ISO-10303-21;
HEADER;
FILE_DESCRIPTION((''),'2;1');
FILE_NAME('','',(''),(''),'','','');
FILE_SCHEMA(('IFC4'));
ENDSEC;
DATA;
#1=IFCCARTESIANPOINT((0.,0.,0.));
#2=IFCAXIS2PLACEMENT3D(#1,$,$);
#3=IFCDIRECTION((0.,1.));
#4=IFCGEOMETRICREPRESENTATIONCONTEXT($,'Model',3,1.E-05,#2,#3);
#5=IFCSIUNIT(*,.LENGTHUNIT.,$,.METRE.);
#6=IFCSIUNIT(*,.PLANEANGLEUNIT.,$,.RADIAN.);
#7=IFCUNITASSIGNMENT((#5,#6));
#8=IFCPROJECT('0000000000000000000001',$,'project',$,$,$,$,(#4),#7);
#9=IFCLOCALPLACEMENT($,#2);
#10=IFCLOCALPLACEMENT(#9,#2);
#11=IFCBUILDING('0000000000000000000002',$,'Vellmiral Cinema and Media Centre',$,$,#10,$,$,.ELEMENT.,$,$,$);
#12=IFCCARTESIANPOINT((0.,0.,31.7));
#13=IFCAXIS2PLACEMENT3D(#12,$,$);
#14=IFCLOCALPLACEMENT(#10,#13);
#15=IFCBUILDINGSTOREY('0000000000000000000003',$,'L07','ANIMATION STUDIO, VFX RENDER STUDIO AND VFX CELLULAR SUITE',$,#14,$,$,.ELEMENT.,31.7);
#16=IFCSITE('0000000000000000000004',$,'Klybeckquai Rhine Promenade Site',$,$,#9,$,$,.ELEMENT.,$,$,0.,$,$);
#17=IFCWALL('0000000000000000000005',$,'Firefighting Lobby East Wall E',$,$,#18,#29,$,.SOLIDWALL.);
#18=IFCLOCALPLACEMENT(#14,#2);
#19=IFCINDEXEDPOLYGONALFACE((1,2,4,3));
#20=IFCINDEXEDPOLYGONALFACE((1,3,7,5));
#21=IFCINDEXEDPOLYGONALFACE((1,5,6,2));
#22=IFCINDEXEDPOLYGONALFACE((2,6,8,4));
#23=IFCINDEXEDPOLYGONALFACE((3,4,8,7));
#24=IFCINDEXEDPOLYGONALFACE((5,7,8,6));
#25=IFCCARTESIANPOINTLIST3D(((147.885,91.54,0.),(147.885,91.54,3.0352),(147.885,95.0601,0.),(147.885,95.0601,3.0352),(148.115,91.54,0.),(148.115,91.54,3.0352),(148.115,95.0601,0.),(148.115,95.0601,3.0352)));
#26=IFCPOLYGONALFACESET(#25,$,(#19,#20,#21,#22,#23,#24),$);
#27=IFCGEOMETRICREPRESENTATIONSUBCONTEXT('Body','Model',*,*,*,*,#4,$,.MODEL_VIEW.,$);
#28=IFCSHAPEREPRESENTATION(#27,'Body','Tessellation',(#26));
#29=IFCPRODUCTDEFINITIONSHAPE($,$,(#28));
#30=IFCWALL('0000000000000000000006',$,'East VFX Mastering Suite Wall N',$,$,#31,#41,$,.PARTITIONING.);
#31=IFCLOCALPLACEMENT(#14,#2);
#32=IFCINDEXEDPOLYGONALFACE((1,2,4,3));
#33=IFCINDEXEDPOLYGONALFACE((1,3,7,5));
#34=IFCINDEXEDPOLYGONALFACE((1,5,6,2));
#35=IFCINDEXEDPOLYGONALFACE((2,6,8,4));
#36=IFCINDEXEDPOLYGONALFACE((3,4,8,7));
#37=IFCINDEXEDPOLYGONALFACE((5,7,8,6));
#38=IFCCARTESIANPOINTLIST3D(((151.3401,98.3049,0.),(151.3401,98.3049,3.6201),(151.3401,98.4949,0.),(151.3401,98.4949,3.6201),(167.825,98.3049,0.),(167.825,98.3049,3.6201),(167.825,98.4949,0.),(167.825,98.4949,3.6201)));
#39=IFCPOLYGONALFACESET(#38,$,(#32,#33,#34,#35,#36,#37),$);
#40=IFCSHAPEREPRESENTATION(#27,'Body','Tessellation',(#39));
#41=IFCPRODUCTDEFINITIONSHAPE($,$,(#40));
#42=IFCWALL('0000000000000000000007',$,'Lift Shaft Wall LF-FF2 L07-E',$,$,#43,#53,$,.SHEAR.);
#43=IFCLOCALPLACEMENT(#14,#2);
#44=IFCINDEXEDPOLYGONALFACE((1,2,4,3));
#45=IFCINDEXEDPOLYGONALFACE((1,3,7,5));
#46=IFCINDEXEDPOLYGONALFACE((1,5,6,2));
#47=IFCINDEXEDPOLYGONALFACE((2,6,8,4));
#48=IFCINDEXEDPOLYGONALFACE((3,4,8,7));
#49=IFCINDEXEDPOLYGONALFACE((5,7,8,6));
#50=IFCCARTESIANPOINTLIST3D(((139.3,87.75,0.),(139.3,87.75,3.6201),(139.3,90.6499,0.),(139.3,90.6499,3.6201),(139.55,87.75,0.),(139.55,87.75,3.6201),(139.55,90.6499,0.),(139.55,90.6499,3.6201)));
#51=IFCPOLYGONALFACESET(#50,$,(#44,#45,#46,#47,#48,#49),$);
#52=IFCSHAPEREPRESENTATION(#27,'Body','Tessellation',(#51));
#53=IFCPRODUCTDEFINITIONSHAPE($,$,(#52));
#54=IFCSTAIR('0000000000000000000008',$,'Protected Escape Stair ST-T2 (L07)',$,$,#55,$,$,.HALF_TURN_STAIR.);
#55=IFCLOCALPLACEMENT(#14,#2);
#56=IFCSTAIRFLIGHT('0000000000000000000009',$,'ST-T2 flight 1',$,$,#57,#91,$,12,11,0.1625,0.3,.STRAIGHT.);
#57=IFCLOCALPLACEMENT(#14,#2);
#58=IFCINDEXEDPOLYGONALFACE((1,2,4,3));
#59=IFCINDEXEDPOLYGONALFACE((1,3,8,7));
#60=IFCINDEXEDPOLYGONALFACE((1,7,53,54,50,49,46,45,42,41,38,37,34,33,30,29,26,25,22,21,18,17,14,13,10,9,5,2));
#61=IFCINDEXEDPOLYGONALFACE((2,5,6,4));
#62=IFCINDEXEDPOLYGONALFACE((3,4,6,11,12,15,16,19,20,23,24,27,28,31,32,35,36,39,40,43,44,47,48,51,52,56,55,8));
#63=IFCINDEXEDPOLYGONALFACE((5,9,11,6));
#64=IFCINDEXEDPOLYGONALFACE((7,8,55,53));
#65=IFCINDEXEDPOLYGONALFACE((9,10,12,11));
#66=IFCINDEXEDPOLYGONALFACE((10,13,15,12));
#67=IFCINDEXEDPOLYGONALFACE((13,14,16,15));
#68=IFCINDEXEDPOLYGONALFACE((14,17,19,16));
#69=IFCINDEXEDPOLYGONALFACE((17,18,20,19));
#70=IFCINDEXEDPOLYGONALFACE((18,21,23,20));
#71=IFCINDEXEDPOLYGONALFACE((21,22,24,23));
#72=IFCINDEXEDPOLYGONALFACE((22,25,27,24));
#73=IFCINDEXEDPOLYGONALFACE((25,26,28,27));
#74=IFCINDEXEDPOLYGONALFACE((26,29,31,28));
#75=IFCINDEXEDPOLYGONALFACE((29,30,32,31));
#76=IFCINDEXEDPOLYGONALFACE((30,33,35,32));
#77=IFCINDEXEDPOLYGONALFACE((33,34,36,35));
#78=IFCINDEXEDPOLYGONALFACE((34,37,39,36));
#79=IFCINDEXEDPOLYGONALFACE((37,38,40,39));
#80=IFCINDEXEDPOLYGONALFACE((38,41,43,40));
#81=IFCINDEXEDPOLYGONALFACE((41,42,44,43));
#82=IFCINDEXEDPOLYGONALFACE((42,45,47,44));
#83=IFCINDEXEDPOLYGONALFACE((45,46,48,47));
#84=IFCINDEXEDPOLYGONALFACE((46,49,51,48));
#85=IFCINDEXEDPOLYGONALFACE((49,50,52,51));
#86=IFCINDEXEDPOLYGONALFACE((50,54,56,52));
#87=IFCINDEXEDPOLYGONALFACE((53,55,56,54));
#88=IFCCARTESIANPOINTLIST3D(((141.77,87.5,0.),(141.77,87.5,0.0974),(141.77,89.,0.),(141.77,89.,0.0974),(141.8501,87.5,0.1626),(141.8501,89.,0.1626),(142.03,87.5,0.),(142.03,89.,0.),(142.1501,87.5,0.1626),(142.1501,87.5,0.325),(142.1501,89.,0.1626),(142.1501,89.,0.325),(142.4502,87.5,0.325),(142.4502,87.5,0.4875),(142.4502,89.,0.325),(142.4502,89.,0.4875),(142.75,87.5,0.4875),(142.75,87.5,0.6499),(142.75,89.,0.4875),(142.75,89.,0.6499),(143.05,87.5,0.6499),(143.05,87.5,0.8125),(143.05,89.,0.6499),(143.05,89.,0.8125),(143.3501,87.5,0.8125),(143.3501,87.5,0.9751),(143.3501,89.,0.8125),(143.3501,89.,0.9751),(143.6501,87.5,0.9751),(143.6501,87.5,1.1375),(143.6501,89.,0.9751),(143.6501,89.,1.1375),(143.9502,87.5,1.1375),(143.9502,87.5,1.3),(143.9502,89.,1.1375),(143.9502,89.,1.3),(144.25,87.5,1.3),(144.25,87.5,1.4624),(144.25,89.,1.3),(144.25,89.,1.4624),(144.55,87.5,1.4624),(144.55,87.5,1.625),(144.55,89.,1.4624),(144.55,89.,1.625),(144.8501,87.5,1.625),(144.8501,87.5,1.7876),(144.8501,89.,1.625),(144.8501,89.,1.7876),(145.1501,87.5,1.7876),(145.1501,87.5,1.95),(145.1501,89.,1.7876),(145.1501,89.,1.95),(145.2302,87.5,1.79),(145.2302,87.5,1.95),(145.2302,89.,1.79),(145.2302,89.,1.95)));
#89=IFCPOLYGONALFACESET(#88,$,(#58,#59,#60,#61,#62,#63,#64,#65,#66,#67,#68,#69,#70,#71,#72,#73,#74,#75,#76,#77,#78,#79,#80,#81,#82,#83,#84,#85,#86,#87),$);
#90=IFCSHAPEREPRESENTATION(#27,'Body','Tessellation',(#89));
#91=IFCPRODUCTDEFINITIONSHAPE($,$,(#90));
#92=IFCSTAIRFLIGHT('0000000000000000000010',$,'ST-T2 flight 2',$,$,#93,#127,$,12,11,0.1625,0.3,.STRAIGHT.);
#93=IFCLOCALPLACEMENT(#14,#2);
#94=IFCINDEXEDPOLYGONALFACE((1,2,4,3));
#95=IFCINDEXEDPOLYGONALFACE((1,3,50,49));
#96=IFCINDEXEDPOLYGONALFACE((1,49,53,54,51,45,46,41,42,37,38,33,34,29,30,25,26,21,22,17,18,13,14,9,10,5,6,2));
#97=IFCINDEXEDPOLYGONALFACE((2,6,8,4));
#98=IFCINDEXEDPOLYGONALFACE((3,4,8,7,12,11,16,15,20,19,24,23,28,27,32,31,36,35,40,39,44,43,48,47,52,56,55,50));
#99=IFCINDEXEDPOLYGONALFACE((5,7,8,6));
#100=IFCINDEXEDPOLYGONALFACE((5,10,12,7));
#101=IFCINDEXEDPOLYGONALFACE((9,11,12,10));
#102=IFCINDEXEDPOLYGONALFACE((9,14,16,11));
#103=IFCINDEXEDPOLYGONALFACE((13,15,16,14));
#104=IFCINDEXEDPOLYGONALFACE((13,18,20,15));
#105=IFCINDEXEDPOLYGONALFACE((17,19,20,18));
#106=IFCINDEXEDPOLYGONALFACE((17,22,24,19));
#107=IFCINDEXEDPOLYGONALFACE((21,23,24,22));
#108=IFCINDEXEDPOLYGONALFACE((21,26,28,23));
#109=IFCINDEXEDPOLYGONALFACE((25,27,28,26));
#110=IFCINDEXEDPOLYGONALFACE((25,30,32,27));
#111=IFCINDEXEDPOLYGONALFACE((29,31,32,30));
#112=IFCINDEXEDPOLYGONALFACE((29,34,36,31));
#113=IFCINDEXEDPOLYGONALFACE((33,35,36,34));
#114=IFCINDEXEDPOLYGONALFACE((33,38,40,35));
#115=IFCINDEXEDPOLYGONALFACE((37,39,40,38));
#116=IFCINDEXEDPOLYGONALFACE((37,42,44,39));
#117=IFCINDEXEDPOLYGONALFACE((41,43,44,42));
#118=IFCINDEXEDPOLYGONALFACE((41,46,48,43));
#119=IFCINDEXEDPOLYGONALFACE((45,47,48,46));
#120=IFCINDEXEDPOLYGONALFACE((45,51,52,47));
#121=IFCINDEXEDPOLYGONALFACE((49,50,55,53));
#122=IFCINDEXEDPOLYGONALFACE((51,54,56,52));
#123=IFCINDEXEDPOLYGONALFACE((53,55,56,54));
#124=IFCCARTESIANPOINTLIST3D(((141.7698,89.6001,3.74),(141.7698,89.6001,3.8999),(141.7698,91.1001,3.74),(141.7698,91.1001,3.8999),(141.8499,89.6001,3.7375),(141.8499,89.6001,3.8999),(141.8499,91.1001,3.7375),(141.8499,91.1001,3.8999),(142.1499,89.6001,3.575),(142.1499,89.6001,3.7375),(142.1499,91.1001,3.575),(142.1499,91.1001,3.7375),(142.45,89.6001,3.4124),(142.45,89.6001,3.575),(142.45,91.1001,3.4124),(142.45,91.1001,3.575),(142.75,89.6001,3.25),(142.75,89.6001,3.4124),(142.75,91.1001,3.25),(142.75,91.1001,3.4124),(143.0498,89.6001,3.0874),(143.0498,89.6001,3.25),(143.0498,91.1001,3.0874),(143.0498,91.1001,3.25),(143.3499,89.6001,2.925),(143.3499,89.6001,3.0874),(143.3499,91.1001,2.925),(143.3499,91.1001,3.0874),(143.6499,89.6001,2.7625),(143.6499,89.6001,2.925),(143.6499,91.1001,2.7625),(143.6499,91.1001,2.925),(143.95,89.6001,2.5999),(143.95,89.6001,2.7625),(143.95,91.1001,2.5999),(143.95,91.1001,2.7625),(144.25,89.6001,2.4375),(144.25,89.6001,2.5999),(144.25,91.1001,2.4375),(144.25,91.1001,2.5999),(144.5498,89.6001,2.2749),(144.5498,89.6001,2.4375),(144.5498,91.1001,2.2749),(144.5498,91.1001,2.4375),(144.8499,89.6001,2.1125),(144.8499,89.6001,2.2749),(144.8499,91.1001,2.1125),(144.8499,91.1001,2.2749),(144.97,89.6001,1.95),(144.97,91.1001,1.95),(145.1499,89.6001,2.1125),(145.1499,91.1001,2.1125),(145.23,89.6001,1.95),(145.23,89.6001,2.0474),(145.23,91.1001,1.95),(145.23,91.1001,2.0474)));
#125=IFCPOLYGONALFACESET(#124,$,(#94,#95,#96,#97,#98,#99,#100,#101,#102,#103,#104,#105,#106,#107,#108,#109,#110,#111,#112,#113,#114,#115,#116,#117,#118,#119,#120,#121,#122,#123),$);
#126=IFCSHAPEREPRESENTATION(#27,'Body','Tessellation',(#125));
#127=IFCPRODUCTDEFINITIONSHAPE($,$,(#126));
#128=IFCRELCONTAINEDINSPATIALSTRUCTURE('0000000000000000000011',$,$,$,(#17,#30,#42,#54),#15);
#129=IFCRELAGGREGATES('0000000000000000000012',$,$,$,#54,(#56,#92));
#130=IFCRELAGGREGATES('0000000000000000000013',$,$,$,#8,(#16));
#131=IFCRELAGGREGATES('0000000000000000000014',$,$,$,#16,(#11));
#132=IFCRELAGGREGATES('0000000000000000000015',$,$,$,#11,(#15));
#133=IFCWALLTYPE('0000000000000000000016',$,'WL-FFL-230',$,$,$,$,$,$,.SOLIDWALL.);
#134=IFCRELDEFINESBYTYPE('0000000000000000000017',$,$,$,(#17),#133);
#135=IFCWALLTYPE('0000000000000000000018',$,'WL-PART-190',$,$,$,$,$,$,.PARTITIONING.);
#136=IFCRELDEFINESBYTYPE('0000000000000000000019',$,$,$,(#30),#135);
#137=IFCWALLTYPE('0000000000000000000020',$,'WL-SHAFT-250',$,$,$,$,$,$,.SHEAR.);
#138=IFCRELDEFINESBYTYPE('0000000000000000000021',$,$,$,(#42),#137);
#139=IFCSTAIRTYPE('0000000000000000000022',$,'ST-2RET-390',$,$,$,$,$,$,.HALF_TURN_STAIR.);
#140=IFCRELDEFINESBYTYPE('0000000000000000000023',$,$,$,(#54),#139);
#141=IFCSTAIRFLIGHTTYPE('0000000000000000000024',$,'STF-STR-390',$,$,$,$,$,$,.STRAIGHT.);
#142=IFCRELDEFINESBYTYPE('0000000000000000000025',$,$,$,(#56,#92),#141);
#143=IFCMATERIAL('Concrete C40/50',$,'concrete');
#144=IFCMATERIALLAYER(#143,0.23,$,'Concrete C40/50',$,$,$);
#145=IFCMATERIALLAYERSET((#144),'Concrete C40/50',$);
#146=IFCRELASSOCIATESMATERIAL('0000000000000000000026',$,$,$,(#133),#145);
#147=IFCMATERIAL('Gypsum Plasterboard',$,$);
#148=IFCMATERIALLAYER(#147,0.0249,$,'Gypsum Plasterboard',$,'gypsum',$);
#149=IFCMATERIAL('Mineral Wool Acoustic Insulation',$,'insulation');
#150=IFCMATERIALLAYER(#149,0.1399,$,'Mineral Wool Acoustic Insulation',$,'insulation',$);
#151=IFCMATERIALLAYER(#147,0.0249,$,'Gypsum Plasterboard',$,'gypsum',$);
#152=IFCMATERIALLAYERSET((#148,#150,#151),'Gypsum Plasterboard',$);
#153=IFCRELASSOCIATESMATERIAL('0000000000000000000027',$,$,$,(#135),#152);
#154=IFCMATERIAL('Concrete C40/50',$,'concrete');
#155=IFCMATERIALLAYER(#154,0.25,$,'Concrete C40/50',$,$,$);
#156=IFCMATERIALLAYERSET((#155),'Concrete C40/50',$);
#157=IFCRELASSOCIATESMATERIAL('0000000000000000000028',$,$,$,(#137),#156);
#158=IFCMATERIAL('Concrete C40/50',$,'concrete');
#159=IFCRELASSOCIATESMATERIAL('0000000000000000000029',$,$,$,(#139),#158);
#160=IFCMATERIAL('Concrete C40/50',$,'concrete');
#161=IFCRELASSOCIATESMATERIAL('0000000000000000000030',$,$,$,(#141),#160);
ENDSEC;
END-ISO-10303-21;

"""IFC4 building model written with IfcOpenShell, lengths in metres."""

from ifc_helpers import new_model, si_unit, direction, frame, frame_2d, origin, place, context, subcontext, project, spatial, polyline, rectangle, outline, extrude, material, layer, layer_set, type_object, element, aggregate, save


model = new_model("IFC4")

# Units and contexts
model_context = context("Model", 3, precision=1e-05, world=origin(), true_north=direction((0.0, 1.0)))
body_context = subcontext(model_context, "Body", "Model", "MODEL_VIEW")
ifc_project = project(units=[si_unit("LENGTHUNIT", "METRE"), si_unit("PLANEANGLEUNIT", "RADIAN")], contexts=[model_context])

# Site, building, storey
site_placement = place(None, origin())
site = spatial("IfcSite", under=ifc_project, at=site_placement, Name="Klybeckquai Rhine Promenade Site", CompositionType="ELEMENT", RefElevation=0.0)
building_placement = place(site_placement, origin())
building = spatial("IfcBuilding", under=site, at=building_placement, Name="Vellmiral Cinema and Media Centre", CompositionType="ELEMENT")
storey_placement = place(building_placement, frame((0.0, 0.0, 31.7)))
storey = spatial("IfcBuildingStorey", under=building, at=storey_placement, Name="L07", Description="ANIMATION STUDIO, VFX RENDER STUDIO AND VFX CELLULAR SUITE", CompositionType="ELEMENT", Elevation=31.7)

# Walls
ifc_material_1 = material(Name="Concrete C40/50", Category="concrete")
ifc_layer_1 = layer(ifc_material_1, 0.23, Name="Concrete C40/50")
ifc_layer_set_1 = layer_set([ifc_layer_1], Name="Concrete C40/50")
wall_type_1 = type_object("IfcWallType", Name="WL-FFL-230", PredefinedType="SOLIDWALL", material=ifc_layer_set_1)
wall_1_placement = place(storey_placement, frame((148.0, 91.54, 0.0), z_axis=(0.0, 0.0, 1.0), x_axis=(0.0, 1.0, 0.0)))
element("IfcWall", 1, at=wall_1_placement, inside=storey, type_object=wall_type_1, Name="Firefighting Lobby East Wall E", PredefinedType="SOLIDWALL", context=body_context, shape_type="SweptSolid", body=[
    extrude(rectangle(XDim=3.52, YDim=0.23, at=frame_2d((1.76, 0.0))), origin(), (0.0, 0.0, 1.0), 3.0352),
])
ifc_material_2 = material(Name="Gypsum Plasterboard")
ifc_layer_2 = layer(ifc_material_2, 0.0249, Name="Gypsum Plasterboard", Category="gypsum")
ifc_material_3 = material(Name="Mineral Wool Acoustic Insulation", Category="insulation")
ifc_layer_3 = layer(ifc_material_3, 0.1399, Name="Mineral Wool Acoustic Insulation", Category="insulation")
ifc_layer_4 = layer(ifc_material_2, 0.0249, Name="Gypsum Plasterboard", Category="gypsum")
ifc_layer_set_2 = layer_set([ifc_layer_2, ifc_layer_3, ifc_layer_4], Name="Gypsum Plasterboard")
wall_type_2 = type_object("IfcWallType", Name="WL-PART-190", PredefinedType="PARTITIONING", material=ifc_layer_set_2)
wall_2_placement = place(storey_placement, frame((151.3401, 98.3999, 0.0), z_axis=(0.0, 0.0, 1.0), x_axis=(1.0, 0.0, 0.0)))
element("IfcWall", 2, at=wall_2_placement, inside=storey, type_object=wall_type_2, Name="East VFX Mastering Suite Wall N", PredefinedType="PARTITIONING", context=body_context, shape_type="SweptSolid", body=[
    extrude(rectangle(XDim=16.4849, YDim=0.1899, at=frame_2d((8.2424, 0.0))), origin(), (0.0, 0.0, 1.0), 3.6201),
])
ifc_material_4 = material(Name="Concrete C40/50", Category="concrete")
ifc_layer_5 = layer(ifc_material_4, 0.25, Name="Concrete C40/50")
ifc_layer_set_3 = layer_set([ifc_layer_5], Name="Concrete C40/50")
wall_type_3 = type_object("IfcWallType", Name="WL-SHAFT-250", PredefinedType="SHEAR", material=ifc_layer_set_3)
wall_3_placement = place(storey_placement, frame((139.425, 87.75, 0.0), z_axis=(0.0, 0.0, 1.0), x_axis=(0.0, 1.0, 0.0)))
element("IfcWall", 3, at=wall_3_placement, inside=storey, type_object=wall_type_3, Name="Lift Shaft Wall LF-FF2 L07-E", PredefinedType="SHEAR", context=body_context, shape_type="SweptSolid", body=[
    extrude(rectangle(XDim=2.8999, YDim=0.25, at=frame_2d((1.45, 0.0))), origin(), (0.0, 0.0, 1.0), 3.6201),
])

# Stair, stair flights
ifc_material_5 = material(Name="Concrete C40/50", Category="concrete")
stair_type = type_object("IfcStairType", Name="ST-2RET-390", PredefinedType="HALF_TURN_STAIR", material=ifc_material_5)
stair_placement = place(storey_placement, origin())
stair = element("IfcStair", 4, at=stair_placement, inside=storey, type_object=stair_type, Name="Protected Escape Stair ST-T2 (L07)", PredefinedType="HALF_TURN_STAIR")
ifc_material_6 = material(Name="Concrete C40/50", Category="concrete")
stair_flight_type = type_object("IfcStairFlightType", Name="STF-STR-390", PredefinedType="STRAIGHT", material=ifc_material_6)
stair_flight_1_placement = place(storey_placement, frame((141.8501, 88.25, 0.0), z_axis=(0.0, 0.0, 1.0), x_axis=(1.0, 0.0, 0.0)))
stair_flight_1 = element("IfcStairFlight", 5, at=stair_flight_1_placement, type_object=stair_flight_type, Name="ST-T2 flight 1", NumberOfRisers=12, NumberOfTreads=11, PredefinedType="STRAIGHT", RiserHeight=0.1625, TreadLength=0.3, context=body_context, shape_type="SweptSolid", body=[
    extrude(outline(polyline([(-0.0801, 0.0), (-0.0801, 0.0974), (0.0, 0.1626), (0.3, 0.1626), (0.3, 0.325), (0.6001, 0.325), (0.6001, 0.4875), (0.8999, 0.4875), (0.8999, 0.6499), (1.2, 0.6499), (1.2, 0.8125), (1.5, 0.8125), (1.5, 0.9751), (1.8, 0.9751), (1.8, 1.1375), (2.1001, 1.1375), (2.1001, 1.3), (2.3999, 1.3), (2.3999, 1.4624), (2.7, 1.4624), (2.7, 1.625), (3.0, 1.625), (3.0, 1.7876), (3.3, 1.7876), (3.3, 1.95), (3.3801, 1.95), (3.3801, 1.79), (0.1799, 0.0), (-0.0801, 0.0)])), frame((0.0, 0.75, 0.0), z_axis=(0.0, -1.0, 0.0), x_axis=(1.0, 0.0, 0.0)), (0.0, 0.0, 1.0), 1.5),
])
stair_flight_2_placement = place(storey_placement, frame((145.1499, 90.3501, 1.95), z_axis=(0.0, 0.0, 1.0), x_axis=(-1.0, 0.0, 0.0)))
stair_flight_2 = element("IfcStairFlight", 6, at=stair_flight_2_placement, type_object=stair_flight_type, Name="ST-T2 flight 2", NumberOfRisers=12, NumberOfTreads=11, PredefinedType="STRAIGHT", RiserHeight=0.1625, TreadLength=0.3, context=body_context, shape_type="SweptSolid", body=[
    extrude(outline(polyline([(-0.0801, 0.0), (-0.0801, 0.0974), (0.0, 0.1626), (0.3, 0.1626), (0.3, 0.325), (0.6001, 0.325), (0.6001, 0.4875), (0.8999, 0.4875), (0.8999, 0.6499), (1.2, 0.6499), (1.2, 0.8125), (1.5, 0.8125), (1.5, 0.9751), (1.8, 0.9751), (1.8, 1.1375), (2.1001, 1.1375), (2.1001, 1.3), (2.3999, 1.3), (2.3999, 1.4624), (2.7, 1.4624), (2.7, 1.625), (3.0, 1.625), (3.0, 1.7876), (3.3, 1.7876), (3.3, 1.95), (3.3801, 1.95), (3.3801, 1.79), (0.1799, 0.0), (-0.0801, 0.0)])), frame((0.0, 0.75, 0.0), z_axis=(0.0, -1.0, 0.0), x_axis=(1.0, 0.0, 0.0)), (0.0, 0.0, 1.0), 1.5),
])
aggregate(stair, [stair_flight_1, stair_flight_2])

save(model, "model.ifc")
